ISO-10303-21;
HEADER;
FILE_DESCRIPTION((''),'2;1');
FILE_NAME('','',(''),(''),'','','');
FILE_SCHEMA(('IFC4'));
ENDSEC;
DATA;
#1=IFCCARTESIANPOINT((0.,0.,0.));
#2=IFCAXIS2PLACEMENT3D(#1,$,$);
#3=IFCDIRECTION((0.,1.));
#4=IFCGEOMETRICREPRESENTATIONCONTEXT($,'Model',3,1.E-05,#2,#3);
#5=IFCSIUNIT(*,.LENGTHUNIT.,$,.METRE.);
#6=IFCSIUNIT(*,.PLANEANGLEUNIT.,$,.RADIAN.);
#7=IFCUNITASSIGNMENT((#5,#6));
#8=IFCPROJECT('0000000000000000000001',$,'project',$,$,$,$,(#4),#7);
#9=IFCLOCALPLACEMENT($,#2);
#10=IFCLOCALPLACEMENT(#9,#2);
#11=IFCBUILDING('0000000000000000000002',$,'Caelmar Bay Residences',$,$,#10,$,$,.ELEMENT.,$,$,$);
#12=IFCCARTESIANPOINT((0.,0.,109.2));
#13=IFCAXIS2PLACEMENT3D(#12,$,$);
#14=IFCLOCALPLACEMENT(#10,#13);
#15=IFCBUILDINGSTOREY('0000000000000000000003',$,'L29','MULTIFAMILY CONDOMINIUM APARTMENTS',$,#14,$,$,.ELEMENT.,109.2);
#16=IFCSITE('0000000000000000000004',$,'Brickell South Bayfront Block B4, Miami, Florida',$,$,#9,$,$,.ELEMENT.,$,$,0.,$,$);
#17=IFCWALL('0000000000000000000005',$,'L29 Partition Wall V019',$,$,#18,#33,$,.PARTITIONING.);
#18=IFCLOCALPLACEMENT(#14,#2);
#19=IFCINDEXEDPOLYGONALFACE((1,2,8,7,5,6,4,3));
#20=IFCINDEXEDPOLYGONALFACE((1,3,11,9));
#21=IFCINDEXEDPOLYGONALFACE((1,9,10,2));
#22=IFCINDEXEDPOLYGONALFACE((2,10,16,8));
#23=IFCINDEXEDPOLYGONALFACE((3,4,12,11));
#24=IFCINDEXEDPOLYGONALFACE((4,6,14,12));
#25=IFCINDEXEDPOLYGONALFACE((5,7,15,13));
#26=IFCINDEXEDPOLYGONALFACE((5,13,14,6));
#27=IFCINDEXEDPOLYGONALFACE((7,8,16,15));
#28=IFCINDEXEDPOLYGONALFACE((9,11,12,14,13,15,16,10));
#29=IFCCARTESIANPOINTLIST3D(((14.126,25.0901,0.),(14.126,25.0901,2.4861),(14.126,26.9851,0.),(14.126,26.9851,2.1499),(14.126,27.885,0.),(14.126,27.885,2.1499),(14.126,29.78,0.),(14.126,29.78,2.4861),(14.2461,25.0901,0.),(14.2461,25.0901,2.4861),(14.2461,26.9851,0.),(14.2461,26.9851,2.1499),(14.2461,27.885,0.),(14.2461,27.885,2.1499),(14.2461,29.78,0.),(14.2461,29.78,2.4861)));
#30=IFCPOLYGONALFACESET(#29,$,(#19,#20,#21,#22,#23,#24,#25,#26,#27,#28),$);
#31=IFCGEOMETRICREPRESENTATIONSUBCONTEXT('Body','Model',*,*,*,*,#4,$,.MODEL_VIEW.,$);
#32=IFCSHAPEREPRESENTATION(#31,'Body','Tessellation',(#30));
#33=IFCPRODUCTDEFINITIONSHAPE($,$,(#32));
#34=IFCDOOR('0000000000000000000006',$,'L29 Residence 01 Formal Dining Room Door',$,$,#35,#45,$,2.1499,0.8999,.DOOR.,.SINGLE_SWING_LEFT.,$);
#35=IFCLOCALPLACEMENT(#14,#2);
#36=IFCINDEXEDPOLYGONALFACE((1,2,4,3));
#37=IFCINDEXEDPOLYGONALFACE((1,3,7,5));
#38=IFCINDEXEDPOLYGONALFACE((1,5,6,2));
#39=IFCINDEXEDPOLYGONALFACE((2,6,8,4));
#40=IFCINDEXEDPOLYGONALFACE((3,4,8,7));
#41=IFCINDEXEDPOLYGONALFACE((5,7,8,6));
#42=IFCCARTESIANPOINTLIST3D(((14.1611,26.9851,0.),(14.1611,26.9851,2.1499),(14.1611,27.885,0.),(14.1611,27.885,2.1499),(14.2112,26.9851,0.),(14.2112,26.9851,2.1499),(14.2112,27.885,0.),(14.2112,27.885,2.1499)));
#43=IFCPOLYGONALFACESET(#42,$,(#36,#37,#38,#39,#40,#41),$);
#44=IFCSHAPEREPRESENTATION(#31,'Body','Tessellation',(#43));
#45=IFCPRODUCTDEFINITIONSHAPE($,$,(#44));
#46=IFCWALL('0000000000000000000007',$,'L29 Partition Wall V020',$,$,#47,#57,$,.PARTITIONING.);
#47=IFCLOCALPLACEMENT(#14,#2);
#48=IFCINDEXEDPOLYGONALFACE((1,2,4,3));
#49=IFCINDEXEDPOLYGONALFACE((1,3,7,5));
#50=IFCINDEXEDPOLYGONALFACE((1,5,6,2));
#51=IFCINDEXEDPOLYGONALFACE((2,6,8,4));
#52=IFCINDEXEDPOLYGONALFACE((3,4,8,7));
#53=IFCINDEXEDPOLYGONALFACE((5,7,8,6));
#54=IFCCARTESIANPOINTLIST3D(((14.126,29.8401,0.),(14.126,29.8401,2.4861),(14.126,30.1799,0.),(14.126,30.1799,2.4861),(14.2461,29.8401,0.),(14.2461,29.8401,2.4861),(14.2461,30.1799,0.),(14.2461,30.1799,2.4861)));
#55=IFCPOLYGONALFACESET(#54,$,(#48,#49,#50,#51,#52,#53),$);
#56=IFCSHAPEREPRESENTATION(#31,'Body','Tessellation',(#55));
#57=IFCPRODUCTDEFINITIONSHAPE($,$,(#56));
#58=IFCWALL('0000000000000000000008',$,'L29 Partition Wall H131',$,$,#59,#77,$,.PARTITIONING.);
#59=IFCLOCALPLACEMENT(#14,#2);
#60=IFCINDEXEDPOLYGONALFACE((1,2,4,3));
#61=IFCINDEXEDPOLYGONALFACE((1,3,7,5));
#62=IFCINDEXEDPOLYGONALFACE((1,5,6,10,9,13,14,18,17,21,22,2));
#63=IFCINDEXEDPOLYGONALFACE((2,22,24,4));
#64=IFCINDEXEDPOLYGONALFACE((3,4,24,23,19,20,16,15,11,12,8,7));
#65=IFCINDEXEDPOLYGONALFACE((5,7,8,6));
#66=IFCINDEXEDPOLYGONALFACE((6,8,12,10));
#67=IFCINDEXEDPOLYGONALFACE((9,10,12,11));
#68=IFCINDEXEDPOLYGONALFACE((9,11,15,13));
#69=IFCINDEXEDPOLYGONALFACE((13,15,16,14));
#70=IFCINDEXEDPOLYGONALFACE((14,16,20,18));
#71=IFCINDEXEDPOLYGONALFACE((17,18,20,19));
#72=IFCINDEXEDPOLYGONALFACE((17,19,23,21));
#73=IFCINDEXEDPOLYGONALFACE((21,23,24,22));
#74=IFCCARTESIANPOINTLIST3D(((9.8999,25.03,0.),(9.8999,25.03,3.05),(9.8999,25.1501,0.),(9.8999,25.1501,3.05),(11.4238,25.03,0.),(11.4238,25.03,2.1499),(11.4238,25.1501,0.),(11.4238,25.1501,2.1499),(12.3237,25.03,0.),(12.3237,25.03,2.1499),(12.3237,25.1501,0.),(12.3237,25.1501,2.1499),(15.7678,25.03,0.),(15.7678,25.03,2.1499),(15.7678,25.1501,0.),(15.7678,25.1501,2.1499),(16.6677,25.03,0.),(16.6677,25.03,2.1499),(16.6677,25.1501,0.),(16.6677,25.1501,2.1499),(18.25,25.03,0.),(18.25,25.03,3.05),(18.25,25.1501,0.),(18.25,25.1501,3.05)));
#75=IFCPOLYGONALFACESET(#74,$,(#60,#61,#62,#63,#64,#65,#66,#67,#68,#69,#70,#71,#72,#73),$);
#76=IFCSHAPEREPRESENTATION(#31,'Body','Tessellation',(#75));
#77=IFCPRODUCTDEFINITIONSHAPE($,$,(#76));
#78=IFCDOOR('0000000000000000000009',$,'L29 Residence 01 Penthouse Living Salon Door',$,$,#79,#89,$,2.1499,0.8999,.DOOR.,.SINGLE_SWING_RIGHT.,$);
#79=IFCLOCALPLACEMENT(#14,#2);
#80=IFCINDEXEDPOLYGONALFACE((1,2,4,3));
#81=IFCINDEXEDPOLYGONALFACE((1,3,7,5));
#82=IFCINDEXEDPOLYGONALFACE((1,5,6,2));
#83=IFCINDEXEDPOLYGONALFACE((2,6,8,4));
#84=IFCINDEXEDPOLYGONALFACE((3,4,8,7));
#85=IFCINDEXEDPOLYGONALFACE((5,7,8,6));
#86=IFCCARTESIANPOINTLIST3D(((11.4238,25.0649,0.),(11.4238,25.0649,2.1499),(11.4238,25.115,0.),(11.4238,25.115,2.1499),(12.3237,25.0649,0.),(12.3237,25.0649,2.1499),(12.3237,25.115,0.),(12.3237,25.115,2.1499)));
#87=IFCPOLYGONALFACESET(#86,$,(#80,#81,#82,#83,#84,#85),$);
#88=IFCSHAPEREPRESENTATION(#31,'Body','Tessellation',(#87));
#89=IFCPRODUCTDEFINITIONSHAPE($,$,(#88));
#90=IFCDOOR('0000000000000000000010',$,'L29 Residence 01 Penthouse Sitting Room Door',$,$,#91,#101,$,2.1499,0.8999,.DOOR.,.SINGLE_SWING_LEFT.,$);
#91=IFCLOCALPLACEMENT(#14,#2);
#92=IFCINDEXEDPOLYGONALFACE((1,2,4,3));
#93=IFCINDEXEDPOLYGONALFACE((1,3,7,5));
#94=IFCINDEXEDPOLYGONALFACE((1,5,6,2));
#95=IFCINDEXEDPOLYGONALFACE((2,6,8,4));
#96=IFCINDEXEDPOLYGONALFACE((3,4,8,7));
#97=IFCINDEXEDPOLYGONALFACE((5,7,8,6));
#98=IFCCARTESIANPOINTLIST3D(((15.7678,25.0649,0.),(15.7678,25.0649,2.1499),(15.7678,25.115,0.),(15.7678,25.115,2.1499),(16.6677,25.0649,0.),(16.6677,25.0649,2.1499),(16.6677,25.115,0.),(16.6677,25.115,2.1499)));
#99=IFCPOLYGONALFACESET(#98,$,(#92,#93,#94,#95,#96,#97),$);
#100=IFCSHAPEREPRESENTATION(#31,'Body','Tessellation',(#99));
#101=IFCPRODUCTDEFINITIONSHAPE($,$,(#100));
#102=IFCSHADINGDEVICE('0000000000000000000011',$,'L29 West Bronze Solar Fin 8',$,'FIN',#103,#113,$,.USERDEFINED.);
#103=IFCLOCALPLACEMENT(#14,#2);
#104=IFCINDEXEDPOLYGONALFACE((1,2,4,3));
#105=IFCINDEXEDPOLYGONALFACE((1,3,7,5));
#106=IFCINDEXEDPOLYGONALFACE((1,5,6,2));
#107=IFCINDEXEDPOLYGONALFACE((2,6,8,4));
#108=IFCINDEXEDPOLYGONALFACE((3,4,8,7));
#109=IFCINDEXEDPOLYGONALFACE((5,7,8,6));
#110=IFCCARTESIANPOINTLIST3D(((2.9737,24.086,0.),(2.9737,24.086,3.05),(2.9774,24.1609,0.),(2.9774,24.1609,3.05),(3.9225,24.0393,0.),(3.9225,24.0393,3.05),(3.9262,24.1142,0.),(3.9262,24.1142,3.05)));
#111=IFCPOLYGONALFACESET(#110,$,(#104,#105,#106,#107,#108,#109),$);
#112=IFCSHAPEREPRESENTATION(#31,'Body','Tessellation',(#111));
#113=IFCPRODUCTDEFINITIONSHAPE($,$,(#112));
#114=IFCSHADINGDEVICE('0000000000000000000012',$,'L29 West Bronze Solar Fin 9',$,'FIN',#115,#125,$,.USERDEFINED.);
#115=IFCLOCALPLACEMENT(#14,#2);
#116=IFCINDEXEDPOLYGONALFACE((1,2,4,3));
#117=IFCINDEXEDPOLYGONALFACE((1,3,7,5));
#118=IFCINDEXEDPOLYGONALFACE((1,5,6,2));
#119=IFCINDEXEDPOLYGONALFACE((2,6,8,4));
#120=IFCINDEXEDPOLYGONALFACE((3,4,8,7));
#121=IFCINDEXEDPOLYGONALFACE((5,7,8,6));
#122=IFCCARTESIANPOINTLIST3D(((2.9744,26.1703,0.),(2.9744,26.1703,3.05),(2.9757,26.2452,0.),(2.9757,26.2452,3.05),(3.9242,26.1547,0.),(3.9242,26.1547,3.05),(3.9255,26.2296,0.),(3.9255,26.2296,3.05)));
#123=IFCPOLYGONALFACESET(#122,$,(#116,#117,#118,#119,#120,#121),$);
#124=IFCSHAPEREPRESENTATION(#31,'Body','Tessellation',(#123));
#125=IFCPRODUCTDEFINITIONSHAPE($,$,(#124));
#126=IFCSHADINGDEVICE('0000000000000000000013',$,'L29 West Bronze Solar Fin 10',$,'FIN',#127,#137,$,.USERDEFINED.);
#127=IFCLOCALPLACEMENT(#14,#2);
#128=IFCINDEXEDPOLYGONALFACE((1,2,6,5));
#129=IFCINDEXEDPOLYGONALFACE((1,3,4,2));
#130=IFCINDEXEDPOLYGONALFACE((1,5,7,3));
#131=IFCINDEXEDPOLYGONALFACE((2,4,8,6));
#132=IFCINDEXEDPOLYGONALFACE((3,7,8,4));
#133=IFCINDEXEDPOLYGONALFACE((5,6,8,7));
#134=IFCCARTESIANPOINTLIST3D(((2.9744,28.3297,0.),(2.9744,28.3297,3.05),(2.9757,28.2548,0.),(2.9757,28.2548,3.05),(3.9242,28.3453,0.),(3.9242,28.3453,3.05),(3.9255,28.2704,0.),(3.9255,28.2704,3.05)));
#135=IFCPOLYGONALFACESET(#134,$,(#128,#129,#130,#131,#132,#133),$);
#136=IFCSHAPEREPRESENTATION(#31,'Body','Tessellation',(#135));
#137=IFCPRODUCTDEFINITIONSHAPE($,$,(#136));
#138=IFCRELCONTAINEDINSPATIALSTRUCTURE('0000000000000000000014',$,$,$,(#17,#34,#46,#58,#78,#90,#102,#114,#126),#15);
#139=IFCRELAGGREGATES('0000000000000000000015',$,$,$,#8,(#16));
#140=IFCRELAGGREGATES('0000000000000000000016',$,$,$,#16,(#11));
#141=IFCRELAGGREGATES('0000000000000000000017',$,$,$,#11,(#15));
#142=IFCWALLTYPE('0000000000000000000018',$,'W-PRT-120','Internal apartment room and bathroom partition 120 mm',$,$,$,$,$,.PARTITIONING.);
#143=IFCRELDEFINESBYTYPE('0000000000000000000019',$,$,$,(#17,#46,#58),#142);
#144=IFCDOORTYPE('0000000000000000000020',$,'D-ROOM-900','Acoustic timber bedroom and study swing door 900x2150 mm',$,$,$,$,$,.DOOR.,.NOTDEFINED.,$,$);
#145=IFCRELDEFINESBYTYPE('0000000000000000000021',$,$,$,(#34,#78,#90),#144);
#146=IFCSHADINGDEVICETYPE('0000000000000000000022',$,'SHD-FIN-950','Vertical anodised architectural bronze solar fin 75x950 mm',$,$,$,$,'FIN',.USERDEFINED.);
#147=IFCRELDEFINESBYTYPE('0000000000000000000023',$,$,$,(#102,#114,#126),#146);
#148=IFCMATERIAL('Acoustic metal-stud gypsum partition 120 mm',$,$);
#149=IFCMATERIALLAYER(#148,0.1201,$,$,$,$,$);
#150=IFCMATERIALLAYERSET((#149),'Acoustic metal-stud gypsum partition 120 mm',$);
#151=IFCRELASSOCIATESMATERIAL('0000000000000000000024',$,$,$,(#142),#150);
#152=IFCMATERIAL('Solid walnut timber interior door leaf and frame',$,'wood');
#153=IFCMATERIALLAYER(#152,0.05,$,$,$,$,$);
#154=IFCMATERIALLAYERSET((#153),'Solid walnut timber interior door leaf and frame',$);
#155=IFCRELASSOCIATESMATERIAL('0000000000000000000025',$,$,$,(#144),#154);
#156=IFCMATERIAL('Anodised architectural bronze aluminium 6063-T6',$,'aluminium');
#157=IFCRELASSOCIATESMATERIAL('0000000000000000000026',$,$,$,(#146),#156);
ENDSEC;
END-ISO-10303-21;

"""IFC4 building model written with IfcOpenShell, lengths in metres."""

from ifc_helpers import new_model, si_unit, direction, frame, frame_2d, origin, origin_2d, place, context, subcontext, project, spatial, rectangle, extrude, material, layer, layer_set, material_profile, profile_set, type_object, element, fill, save


model = new_model("IFC4")

# Units and contexts
model_context = context("Model", 3, precision=1e-05, world=origin(), true_north=direction((0.0, 1.0)))
body_context = subcontext(model_context, "Body", "Model", "MODEL_VIEW")
ifc_project = project(units=[si_unit("LENGTHUNIT", "METRE"), si_unit("PLANEANGLEUNIT", "RADIAN")], contexts=[model_context])

# Site, building, storey
site_placement = place(None, origin())
site = spatial("IfcSite", under=ifc_project, at=site_placement, Name="Brickell South Bayfront Block B4, Miami, Florida", CompositionType="ELEMENT", RefElevation=0.0)
building_placement = place(site_placement, origin())
building = spatial("IfcBuilding", under=site, at=building_placement, Name="Caelmar Bay Residences", CompositionType="ELEMENT")
storey_placement = place(building_placement, frame((0.0, 0.0, 109.2)))
storey = spatial("IfcBuildingStorey", under=building, at=storey_placement, Name="L29", Description="MULTIFAMILY CONDOMINIUM APARTMENTS", CompositionType="ELEMENT", Elevation=109.2)

# Shared definitions
ifc_material_1 = material(Name="Acoustic metal-stud gypsum partition 120 mm")
ifc_layer_1 = layer(ifc_material_1, 0.1201)
ifc_layer_set_1 = layer_set([ifc_layer_1], Name="Acoustic metal-stud gypsum partition 120 mm")
wall_type_1 = type_object("IfcWallType", Name="W-PRT-120", Description="Internal apartment room and bathroom partition 120 mm", PredefinedType="PARTITIONING", material=ifc_layer_set_1)

# Shared definitions
ifc_material_2 = material(Name="Solid walnut timber interior door leaf and frame", Category="wood")
ifc_layer_2 = layer(ifc_material_2, 0.05)
ifc_layer_set_2 = layer_set([ifc_layer_2], Name="Solid walnut timber interior door leaf and frame")
door_type = type_object("IfcDoorType", Name="D-ROOM-900", Description="Acoustic timber bedroom and study swing door 900x2150 mm", OperationType="NOTDEFINED", PredefinedType="DOOR", material=ifc_layer_set_2)

# Wall, opening, door
wall_1_placement = place(storey_placement, frame((14.186, 25.0901, 0.0), z_axis=(0.0, 0.0, 1.0), x_axis=(0.0, 1.0, 0.0)))
wall_1 = element("IfcWall", 1, at=wall_1_placement, inside=storey, type_object=wall_type_1, Name="L29 Partition Wall V019", PredefinedType="PARTITIONING", context=body_context, shape_type="SweptSolid", body=[
    extrude(rectangle(XDim=4.6899, YDim=0.1201, at=frame_2d((2.345, 0.0))), origin(), (0.0, 0.0, 1.0), 2.4861),
])
opening_1_placement = place(wall_1_placement, frame((1.895, 0.0, 0.0)))
opening_1 = element("IfcOpeningElement", 2, at=opening_1_placement, cuts=wall_1, PredefinedType="OPENING", context=body_context, shape_type="SweptSolid", body=[
    extrude(rectangle(XDim=0.8999, YDim=2.1499, at=frame_2d((0.45, 1.075))), frame((0.0, 0.0701, 0.0), z_axis=(0.0, -1.0, 0.0), x_axis=(1.0, 0.0, 0.0)), (0.0, 0.0, 1.0), 0.1401),
])
door_1_placement = place(opening_1_placement, origin())
door_1 = element("IfcDoor", 3, at=door_1_placement, inside=storey, type_object=door_type, Name="L29 Residence 01 Formal Dining Room Door", OperationType="SINGLE_SWING_LEFT", OverallHeight=2.1499, OverallWidth=0.8999, PredefinedType="DOOR", context=body_context, shape_type="SweptSolid", body=[
    extrude(rectangle(XDim=0.8999, YDim=2.1499, at=frame_2d((0.45, 1.075))), frame((0.0, 0.0249, 0.0), z_axis=(0.0, -1.0, 0.0), x_axis=(1.0, 0.0, 0.0)), (0.0, 0.0, 1.0), 0.05),
])
fill(opening_1, door_1)

# Wall
wall_2_placement = place(storey_placement, frame((14.186, 29.8401, 0.0), z_axis=(0.0, 0.0, 1.0), x_axis=(0.0, 1.0, 0.0)))
element("IfcWall", 4, at=wall_2_placement, inside=storey, type_object=wall_type_1, Name="L29 Partition Wall V020", PredefinedType="PARTITIONING", context=body_context, shape_type="SweptSolid", body=[
    extrude(rectangle(XDim=0.3398, YDim=0.1201, at=frame_2d((0.1699, 0.0))), origin(), (0.0, 0.0, 1.0), 2.4861),
])

# Wall, openings, doors
wall_3_placement = place(storey_placement, frame((9.8999, 25.0901, 0.0), z_axis=(0.0, 0.0, 1.0), x_axis=(1.0, 0.0, 0.0)))
wall_3 = element("IfcWall", 5, at=wall_3_placement, inside=storey, type_object=wall_type_1, Name="L29 Partition Wall H131", PredefinedType="PARTITIONING", context=body_context, shape_type="SweptSolid", body=[
    extrude(rectangle(XDim=8.3501, YDim=0.1201, at=frame_2d((4.175, 0.0))), origin(), (0.0, 0.0, 1.0), 3.05),
])
opening_2_placement = place(wall_3_placement, frame((1.5239, 0.0, 0.0)))
opening_2 = element("IfcOpeningElement", 6, at=opening_2_placement, cuts=wall_3, PredefinedType="OPENING", context=body_context, shape_type="SweptSolid", body=[
    extrude(rectangle(XDim=0.8999, YDim=2.1499, at=frame_2d((0.45, 1.075))), frame((0.0, 0.0701, 0.0), z_axis=(0.0, -1.0, 0.0), x_axis=(1.0, 0.0, 0.0)), (0.0, 0.0, 1.0), 0.1401),
])
opening_3_placement = place(wall_3_placement, frame((5.8679, 0.0, 0.0)))
opening_3 = element("IfcOpeningElement", 7, at=opening_3_placement, cuts=wall_3, PredefinedType="OPENING", context=body_context, shape_type="SweptSolid", body=[
    extrude(rectangle(XDim=0.8999, YDim=2.1499, at=frame_2d((0.45, 1.075))), frame((0.0, 0.0701, 0.0), z_axis=(0.0, -1.0, 0.0), x_axis=(1.0, 0.0, 0.0)), (0.0, 0.0, 1.0), 0.1401),
])
door_2_placement = place(opening_2_placement, origin())
door_2 = element("IfcDoor", 8, at=door_2_placement, inside=storey, type_object=door_type, Name="L29 Residence 01 Penthouse Living Salon Door", OperationType="SINGLE_SWING_RIGHT", OverallHeight=2.1499, OverallWidth=0.8999, PredefinedType="DOOR", context=body_context, shape_type="SweptSolid", body=[
    extrude(rectangle(XDim=0.8999, YDim=2.1499, at=frame_2d((0.45, 1.075))), frame((0.0, 0.0249, 0.0), z_axis=(0.0, -1.0, 0.0), x_axis=(1.0, 0.0, 0.0)), (0.0, 0.0, 1.0), 0.05),
])
fill(opening_2, door_2)
door_3_placement = place(opening_3_placement, origin())
door_3 = element("IfcDoor", 9, at=door_3_placement, inside=storey, type_object=door_type, Name="L29 Residence 01 Penthouse Sitting Room Door", OperationType="SINGLE_SWING_LEFT", OverallHeight=2.1499, OverallWidth=0.8999, PredefinedType="DOOR", context=body_context, shape_type="SweptSolid", body=[
    extrude(rectangle(XDim=0.8999, YDim=2.1499, at=frame_2d((0.45, 1.075))), frame((0.0, 0.0249, 0.0), z_axis=(0.0, -1.0, 0.0), x_axis=(1.0, 0.0, 0.0)), (0.0, 0.0, 1.0), 0.05),
])
fill(opening_3, door_3)

# Shading devices
ifc_material_3 = material(Name="Anodised architectural bronze aluminium 6063-T6", Category="aluminium")
ifc_material_profile_1 = material_profile(ifc_material_3, rectangle(XDim=0.075, YDim=0.95, at=origin_2d()), Name="BRONZE-FIN-75X950")
ifc_profile_set_1 = profile_set([ifc_material_profile_1], Name="Anodised architectural bronze aluminium 6063-T6")
shading_device_type = type_object("IfcShadingDeviceType", Name="SHD-FIN-950", Description="Vertical anodised architectural bronze solar fin 75x950 mm", ElementType="FIN", PredefinedType="USERDEFINED", material=ifc_profile_set_1)
for number, where, z_axis, x_axis, name in (
    (10, (3.45, 24.1001, 0.0), (0.0, 0.0, 1.0), (0.049198, 0.998789, 0.0), "L29 West Bronze Solar Fin 8"),
    (11, (3.45, 26.2, 0.0), (0.0, 0.0, 1.0), (0.016405, 0.999865, 0.0), "L29 West Bronze Solar Fin 9"),
    (12, (3.45, 28.3, 0.0), (0.0, 0.0, 1.0), (-0.016405, 0.999865, 0.0), "L29 West Bronze Solar Fin 10"),
):
    element("IfcShadingDevice", number, at=place(storey_placement, frame(where, z_axis=z_axis, x_axis=x_axis)), inside=storey, type_object=shading_device_type, Name=name, ObjectType="FIN", PredefinedType="USERDEFINED", context=body_context, shape_type="SweptSolid", body=[
        extrude(rectangle(XDim=0.075, YDim=0.95, at=origin_2d()), origin(), (0.0, 0.0, 1.0), 3.05),
    ])

save(model, "model.ifc")
